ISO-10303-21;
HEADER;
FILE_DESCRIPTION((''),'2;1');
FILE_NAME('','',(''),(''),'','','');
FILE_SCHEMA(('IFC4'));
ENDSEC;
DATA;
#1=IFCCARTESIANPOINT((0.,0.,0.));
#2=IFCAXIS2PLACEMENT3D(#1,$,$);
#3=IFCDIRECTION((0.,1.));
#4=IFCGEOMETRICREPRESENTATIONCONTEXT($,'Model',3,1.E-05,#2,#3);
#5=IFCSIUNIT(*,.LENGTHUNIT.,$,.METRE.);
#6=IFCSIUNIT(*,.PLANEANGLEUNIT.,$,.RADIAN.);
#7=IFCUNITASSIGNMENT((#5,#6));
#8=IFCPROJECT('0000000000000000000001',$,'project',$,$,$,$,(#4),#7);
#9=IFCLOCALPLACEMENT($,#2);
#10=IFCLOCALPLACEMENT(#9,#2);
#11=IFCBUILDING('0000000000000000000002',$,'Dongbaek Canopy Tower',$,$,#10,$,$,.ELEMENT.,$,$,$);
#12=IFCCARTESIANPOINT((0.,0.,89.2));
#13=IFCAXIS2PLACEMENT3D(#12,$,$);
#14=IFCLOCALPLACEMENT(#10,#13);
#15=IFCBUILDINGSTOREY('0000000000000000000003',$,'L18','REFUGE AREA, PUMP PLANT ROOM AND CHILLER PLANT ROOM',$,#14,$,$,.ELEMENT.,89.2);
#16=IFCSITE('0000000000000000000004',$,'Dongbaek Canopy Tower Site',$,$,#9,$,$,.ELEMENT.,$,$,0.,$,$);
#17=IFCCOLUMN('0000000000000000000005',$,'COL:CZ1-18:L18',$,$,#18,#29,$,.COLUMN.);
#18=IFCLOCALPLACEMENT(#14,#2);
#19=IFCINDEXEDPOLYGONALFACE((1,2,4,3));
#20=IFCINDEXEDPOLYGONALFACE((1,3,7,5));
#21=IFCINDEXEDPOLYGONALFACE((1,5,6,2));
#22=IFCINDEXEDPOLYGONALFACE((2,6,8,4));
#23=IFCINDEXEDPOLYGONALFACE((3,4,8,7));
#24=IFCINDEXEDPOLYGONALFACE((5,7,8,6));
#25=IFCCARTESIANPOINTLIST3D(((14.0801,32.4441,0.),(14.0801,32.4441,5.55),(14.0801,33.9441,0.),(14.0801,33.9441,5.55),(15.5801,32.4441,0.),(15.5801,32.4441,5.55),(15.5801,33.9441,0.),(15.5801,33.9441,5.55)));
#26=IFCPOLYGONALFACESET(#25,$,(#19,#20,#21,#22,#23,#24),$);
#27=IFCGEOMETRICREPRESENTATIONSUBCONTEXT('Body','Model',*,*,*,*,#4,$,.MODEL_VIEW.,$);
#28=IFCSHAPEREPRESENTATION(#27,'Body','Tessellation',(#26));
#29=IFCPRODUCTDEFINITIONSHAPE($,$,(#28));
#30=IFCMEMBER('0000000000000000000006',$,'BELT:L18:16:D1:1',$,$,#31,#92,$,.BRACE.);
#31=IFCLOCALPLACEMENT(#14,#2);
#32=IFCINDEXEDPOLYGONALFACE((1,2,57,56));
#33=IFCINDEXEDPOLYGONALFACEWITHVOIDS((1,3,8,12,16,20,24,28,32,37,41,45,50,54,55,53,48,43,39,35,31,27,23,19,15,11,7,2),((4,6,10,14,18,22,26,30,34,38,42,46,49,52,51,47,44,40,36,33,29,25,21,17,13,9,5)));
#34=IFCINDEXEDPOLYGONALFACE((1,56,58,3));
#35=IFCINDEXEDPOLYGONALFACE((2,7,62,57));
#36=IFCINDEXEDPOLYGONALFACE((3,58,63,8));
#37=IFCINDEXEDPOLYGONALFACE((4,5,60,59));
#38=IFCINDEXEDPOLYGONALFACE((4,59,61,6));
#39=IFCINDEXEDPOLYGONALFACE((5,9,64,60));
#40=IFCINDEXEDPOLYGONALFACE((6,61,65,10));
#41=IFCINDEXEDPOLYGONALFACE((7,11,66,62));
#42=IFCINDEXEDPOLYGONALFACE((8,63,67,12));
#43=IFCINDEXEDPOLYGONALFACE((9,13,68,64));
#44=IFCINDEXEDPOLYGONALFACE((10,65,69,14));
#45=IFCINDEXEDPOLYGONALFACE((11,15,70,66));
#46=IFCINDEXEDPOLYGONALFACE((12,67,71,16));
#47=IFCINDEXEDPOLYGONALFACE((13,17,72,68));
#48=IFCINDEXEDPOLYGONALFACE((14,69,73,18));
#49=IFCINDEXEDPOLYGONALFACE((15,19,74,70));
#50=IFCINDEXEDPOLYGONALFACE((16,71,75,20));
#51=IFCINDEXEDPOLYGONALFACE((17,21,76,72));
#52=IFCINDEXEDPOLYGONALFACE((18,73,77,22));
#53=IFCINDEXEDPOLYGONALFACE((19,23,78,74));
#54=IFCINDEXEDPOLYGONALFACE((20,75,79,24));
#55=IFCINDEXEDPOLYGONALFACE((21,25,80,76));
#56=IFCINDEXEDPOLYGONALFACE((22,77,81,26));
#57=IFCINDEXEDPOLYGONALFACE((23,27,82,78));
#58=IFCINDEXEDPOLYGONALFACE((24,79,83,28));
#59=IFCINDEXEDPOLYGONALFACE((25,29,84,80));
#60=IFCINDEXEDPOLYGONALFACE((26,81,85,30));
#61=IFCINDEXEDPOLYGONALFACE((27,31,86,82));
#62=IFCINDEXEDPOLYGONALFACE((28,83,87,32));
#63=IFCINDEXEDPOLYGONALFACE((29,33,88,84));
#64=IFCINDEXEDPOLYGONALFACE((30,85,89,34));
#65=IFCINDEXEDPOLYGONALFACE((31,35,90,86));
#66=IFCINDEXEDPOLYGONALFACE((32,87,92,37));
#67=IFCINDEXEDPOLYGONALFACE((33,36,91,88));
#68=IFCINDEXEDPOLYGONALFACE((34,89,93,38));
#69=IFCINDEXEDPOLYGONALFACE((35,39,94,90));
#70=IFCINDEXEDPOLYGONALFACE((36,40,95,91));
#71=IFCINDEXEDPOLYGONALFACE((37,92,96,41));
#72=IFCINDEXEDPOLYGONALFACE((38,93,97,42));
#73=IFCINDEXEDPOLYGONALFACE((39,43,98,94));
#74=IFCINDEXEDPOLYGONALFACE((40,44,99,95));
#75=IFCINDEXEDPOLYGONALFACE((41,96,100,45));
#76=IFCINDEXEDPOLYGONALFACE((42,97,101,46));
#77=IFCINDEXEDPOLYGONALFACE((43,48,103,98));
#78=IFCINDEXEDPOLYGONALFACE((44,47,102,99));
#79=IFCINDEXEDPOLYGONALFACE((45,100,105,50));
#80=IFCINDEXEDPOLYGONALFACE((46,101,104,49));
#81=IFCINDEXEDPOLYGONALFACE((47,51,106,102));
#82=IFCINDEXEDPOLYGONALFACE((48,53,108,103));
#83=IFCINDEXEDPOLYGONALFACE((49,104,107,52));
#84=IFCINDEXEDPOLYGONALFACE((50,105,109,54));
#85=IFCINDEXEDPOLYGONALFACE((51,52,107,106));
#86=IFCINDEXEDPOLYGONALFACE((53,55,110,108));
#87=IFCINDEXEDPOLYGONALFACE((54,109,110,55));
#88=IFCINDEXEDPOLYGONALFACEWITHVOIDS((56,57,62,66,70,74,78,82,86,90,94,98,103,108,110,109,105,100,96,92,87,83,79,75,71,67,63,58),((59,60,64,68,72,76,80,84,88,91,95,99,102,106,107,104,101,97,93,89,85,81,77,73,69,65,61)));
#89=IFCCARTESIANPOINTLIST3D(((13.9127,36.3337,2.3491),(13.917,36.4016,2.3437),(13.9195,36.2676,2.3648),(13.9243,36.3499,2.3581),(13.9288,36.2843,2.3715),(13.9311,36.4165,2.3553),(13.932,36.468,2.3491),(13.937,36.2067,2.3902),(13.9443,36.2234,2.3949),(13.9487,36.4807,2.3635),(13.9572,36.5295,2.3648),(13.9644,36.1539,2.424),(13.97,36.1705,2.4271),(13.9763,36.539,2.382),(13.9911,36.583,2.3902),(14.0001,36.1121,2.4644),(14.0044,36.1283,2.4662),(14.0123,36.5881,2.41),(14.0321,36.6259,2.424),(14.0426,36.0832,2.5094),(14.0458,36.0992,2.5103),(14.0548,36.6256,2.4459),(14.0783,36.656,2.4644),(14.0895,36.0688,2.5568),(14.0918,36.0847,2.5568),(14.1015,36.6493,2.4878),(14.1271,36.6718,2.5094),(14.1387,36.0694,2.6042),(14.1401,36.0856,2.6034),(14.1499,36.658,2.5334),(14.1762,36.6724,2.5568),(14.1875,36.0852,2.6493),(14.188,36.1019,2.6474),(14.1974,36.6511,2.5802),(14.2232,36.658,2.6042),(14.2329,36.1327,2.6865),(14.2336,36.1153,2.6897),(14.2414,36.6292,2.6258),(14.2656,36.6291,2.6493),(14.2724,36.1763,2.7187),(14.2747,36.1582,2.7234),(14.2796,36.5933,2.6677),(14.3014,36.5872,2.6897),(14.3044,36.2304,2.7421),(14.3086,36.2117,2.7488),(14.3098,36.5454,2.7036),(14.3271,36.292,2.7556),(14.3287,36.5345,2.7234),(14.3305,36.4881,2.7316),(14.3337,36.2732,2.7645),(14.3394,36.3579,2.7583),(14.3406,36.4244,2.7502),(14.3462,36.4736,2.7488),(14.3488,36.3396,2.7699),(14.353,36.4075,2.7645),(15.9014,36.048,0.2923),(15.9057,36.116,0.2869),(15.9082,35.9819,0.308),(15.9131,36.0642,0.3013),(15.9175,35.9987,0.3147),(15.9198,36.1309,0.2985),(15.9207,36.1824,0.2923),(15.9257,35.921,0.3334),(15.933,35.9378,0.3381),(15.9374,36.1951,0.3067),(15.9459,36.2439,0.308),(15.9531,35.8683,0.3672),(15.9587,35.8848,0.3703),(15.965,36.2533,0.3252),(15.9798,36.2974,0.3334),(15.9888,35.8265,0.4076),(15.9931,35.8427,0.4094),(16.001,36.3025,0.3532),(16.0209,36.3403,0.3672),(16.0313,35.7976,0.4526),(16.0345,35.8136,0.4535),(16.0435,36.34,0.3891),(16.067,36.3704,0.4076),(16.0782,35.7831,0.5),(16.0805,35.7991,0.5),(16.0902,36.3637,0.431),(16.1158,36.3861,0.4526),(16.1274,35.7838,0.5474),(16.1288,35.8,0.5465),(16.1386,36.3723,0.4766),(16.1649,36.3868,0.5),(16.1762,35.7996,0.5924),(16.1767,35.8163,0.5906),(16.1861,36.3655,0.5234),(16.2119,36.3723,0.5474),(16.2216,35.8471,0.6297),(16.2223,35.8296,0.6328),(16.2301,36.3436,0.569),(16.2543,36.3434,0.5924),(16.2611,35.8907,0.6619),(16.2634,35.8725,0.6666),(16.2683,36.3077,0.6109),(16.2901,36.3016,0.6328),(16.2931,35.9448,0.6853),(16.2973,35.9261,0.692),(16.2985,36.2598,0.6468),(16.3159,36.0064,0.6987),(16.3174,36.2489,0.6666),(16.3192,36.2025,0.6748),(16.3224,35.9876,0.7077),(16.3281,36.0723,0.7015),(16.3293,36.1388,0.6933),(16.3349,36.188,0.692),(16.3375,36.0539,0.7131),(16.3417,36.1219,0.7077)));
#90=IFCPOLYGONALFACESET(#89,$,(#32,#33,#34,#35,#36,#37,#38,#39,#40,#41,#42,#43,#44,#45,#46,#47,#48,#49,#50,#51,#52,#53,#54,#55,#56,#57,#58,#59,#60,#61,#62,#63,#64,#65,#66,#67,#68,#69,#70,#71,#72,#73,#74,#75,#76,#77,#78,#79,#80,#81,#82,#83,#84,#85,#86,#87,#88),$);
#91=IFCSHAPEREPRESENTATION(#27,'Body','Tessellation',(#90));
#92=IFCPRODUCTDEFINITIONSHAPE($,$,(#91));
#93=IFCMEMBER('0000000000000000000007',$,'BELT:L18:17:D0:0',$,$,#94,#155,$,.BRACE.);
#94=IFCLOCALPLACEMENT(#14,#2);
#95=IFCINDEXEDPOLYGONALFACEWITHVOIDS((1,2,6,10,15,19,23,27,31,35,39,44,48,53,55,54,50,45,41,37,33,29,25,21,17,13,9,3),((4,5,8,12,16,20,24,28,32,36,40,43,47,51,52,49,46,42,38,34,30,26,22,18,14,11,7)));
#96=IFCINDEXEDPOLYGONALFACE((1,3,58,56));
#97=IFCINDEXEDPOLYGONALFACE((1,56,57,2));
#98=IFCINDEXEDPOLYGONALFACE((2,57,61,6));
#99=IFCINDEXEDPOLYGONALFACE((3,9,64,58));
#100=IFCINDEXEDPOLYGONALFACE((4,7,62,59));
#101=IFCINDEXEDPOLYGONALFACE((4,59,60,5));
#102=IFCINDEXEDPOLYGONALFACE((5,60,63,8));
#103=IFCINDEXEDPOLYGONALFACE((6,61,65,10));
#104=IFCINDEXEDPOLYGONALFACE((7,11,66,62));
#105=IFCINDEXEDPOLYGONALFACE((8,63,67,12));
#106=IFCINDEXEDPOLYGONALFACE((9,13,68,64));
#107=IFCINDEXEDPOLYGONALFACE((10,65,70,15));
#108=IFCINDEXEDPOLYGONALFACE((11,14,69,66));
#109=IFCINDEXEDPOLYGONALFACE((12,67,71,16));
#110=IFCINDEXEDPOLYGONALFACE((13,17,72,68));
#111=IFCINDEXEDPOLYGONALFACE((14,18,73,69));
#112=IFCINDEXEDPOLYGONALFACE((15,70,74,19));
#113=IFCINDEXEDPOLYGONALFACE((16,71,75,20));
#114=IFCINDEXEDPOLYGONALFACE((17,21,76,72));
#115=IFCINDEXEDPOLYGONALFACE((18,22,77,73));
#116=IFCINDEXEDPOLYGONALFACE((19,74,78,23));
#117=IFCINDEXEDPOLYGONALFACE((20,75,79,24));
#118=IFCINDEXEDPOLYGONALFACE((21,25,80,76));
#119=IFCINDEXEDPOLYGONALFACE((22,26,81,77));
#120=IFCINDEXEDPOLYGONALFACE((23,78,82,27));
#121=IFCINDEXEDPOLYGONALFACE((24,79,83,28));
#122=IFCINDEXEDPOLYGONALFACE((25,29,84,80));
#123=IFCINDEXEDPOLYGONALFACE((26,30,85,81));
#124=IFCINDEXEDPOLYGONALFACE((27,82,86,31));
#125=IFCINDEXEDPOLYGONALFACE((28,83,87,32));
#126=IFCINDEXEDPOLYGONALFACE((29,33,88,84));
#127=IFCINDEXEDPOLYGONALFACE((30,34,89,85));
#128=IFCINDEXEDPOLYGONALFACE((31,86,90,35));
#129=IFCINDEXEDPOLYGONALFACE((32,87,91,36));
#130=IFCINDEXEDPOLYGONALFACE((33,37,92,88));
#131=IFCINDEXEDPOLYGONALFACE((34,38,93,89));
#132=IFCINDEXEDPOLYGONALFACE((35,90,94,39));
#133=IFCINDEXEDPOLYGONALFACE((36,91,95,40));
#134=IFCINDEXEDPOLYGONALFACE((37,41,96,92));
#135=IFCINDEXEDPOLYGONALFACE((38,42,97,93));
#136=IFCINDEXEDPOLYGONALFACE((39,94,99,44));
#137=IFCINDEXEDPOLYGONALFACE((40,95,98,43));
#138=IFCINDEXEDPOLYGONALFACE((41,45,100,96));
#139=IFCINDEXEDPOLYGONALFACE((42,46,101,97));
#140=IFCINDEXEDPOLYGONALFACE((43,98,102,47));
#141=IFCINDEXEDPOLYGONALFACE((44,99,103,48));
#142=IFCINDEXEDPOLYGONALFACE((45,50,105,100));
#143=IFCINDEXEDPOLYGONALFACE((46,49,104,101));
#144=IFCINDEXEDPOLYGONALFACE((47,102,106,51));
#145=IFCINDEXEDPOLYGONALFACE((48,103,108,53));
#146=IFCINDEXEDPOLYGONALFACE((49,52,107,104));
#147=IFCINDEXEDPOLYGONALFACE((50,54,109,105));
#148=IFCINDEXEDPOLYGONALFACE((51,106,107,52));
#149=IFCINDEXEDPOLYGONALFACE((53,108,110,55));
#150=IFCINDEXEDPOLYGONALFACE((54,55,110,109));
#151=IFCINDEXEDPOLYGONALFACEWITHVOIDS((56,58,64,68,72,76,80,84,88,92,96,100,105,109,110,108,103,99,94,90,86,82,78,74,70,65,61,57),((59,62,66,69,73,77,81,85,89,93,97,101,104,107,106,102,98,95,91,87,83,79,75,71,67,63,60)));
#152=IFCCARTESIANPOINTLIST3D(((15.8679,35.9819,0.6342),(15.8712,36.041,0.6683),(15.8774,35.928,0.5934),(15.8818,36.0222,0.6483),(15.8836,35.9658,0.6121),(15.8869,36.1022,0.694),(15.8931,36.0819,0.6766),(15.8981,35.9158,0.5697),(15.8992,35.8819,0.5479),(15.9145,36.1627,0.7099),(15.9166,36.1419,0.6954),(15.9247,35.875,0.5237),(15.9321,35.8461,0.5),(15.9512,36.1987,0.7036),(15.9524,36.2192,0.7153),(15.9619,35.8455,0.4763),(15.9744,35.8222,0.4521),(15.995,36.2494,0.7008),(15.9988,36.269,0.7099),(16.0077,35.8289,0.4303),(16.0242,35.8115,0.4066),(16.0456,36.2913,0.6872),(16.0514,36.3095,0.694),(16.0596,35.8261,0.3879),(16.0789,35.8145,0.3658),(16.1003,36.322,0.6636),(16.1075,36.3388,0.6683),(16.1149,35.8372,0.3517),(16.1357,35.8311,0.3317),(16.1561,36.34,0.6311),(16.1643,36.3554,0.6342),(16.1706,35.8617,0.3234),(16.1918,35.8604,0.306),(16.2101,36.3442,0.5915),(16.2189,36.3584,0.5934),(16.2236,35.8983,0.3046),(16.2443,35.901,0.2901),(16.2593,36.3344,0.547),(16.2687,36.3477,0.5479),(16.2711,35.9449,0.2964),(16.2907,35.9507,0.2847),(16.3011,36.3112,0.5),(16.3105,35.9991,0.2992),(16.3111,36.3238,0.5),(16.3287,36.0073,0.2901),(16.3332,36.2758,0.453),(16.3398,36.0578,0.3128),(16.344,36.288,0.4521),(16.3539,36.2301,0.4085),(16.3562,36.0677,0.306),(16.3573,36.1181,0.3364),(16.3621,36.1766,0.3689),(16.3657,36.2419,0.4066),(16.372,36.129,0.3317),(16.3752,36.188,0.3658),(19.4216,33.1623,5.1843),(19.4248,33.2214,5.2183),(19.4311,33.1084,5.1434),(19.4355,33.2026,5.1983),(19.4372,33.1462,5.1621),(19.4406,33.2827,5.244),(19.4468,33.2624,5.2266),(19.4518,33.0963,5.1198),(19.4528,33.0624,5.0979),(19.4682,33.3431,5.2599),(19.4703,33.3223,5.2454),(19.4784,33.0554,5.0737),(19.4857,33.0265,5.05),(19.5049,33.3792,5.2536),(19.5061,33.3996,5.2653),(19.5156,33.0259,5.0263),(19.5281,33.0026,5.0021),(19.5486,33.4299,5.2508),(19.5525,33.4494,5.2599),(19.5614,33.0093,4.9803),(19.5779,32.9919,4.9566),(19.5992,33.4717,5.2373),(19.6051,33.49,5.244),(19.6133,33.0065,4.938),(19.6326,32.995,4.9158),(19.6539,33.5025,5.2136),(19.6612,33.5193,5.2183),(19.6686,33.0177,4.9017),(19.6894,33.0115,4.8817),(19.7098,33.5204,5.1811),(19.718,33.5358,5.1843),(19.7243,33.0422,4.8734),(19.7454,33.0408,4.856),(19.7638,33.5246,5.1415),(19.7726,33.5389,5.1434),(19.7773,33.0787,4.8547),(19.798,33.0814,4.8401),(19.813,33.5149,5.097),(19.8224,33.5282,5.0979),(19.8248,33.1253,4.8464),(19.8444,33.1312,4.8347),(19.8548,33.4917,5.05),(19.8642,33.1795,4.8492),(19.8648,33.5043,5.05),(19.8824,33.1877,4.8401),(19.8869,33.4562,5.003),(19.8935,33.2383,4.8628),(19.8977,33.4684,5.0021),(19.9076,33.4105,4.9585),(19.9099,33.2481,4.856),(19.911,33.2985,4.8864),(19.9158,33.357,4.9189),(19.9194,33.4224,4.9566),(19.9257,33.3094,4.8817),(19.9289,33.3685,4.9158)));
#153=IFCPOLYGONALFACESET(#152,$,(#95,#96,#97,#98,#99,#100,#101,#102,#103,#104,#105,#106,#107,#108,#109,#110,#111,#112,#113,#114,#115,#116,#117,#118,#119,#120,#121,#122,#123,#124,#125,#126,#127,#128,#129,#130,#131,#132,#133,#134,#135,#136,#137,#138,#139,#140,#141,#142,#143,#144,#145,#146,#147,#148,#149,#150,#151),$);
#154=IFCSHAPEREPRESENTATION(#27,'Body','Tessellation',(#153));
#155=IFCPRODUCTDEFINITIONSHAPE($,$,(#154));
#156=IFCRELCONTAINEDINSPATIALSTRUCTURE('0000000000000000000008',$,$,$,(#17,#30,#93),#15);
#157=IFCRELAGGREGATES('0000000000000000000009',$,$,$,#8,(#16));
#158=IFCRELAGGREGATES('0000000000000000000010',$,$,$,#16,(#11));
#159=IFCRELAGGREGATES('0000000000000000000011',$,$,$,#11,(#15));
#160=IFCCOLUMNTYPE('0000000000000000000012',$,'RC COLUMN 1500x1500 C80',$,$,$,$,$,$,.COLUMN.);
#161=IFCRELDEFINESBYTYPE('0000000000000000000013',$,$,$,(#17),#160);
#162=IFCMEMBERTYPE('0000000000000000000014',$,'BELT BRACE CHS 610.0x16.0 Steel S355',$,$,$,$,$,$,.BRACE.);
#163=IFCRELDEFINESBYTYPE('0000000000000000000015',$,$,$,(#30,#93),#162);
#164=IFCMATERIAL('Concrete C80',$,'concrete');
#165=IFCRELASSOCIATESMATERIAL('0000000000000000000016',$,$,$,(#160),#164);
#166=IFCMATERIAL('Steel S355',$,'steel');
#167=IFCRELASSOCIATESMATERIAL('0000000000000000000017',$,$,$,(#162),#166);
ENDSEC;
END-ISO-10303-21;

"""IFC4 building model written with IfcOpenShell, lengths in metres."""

from ifc_helpers import new_model, si_unit, direction, frame, origin, origin_2d, place, context, subcontext, project, spatial, rectangle, hollow_circle, extrude, material, material_profile, profile_set, type_object, element, save


model = new_model("IFC4")

# Units and contexts
model_context = context("Model", 3, precision=1e-05, world=origin(), true_north=direction((0.0, 1.0)))
body_context = subcontext(model_context, "Body", "Model", "MODEL_VIEW")
ifc_project = project(units=[si_unit("LENGTHUNIT", "METRE"), si_unit("PLANEANGLEUNIT", "RADIAN")], contexts=[model_context])

# Site, building, storey
site_placement = place(None, origin())
site = spatial("IfcSite", under=ifc_project, at=site_placement, Name="Dongbaek Canopy Tower Site", CompositionType="ELEMENT", RefElevation=0.0)
building_placement = place(site_placement, origin())
building = spatial("IfcBuilding", under=site, at=building_placement, Name="Dongbaek Canopy Tower", CompositionType="ELEMENT")
storey_placement = place(building_placement, frame((0.0, 0.0, 89.2)))
storey = spatial("IfcBuildingStorey", under=building, at=storey_placement, Name="L18", Description="REFUGE AREA, PUMP PLANT ROOM AND CHILLER PLANT ROOM", CompositionType="ELEMENT", Elevation=89.2)

# Column
ifc_material_1 = material(Name="Concrete C80", Category="concrete")
ifc_material_profile_1 = material_profile(ifc_material_1, rectangle(XDim=1.5, YDim=1.5, at=origin_2d()), Name="RC COLUMN 1500x1500 C80")
ifc_profile_set_1 = profile_set([ifc_material_profile_1], Name="Concrete C80")
column_type = type_object("IfcColumnType", Name="RC COLUMN 1500x1500 C80", PredefinedType="COLUMN", material=ifc_profile_set_1)
column_placement = place(storey_placement, frame((14.8301, 33.1941, 0.0), z_axis=(0.0, 0.0, 1.0), x_axis=(1.0, 0.0, 0.0)))
element("IfcColumn", 1, at=column_placement, inside=storey, type_object=column_type, Name="COL:CZ1-18:L18", PredefinedType="COLUMN", context=body_context, shape_type="SweptSolid", body=[
    extrude(rectangle(XDim=1.5, YDim=1.5, at=origin_2d()), origin(), (0.0, 0.0, 1.0), 5.55),
])

# Members
ifc_material_2 = material(Name="Steel S355", Category="steel")
ifc_material_profile_2 = material_profile(ifc_material_2, hollow_circle(Radius=0.3049, WallThickness=0.0161, at=origin_2d()), Name="BELT BRACE CHS 610.0x16.0 Steel S355")
ifc_profile_set_2 = profile_set([ifc_material_profile_2], Name="Steel S355")
member_type_1 = type_object("IfcMemberType", Name="BELT BRACE CHS 610.0x16.0 Steel S355", PredefinedType="BRACE", material=ifc_profile_set_2)
member_1_placement = place(storey_placement, frame((16.1216, 36.085, 0.5), z_axis=(-0.691664, 0.099343, 0.715354), x_axis=(-0.14217, -0.989842, 0.0)))
element("IfcMember", 2, at=member_1_placement, inside=storey, type_object=member_type_1, Name="BELT:L18:16:D1:1", PredefinedType="BRACE", context=body_context, shape_type="SweptSolid", body=[
    extrude(hollow_circle(Radius=0.3049, WallThickness=0.0161, at=origin_2d()), origin(), (0.0, 0.0, 1.0), 2.8752),
])
member_2_placement = place(storey_placement, frame((16.1216, 36.085, 0.5), z_axis=(0.553099, -0.438839, 0.708168), x_axis=(0.621546, 0.783377, 0.0)))
element("IfcMember", 3, at=member_2_placement, inside=storey, type_object=member_type_1, Name="BELT:L18:17:D0:0", PredefinedType="BRACE", context=body_context, shape_type="SweptSolid", body=[
    extrude(hollow_circle(Radius=0.3049, WallThickness=0.0161, at=origin_2d()), origin(), (0.0, 0.0, 1.0), 6.425),
])

save(model, "model.ifc")
